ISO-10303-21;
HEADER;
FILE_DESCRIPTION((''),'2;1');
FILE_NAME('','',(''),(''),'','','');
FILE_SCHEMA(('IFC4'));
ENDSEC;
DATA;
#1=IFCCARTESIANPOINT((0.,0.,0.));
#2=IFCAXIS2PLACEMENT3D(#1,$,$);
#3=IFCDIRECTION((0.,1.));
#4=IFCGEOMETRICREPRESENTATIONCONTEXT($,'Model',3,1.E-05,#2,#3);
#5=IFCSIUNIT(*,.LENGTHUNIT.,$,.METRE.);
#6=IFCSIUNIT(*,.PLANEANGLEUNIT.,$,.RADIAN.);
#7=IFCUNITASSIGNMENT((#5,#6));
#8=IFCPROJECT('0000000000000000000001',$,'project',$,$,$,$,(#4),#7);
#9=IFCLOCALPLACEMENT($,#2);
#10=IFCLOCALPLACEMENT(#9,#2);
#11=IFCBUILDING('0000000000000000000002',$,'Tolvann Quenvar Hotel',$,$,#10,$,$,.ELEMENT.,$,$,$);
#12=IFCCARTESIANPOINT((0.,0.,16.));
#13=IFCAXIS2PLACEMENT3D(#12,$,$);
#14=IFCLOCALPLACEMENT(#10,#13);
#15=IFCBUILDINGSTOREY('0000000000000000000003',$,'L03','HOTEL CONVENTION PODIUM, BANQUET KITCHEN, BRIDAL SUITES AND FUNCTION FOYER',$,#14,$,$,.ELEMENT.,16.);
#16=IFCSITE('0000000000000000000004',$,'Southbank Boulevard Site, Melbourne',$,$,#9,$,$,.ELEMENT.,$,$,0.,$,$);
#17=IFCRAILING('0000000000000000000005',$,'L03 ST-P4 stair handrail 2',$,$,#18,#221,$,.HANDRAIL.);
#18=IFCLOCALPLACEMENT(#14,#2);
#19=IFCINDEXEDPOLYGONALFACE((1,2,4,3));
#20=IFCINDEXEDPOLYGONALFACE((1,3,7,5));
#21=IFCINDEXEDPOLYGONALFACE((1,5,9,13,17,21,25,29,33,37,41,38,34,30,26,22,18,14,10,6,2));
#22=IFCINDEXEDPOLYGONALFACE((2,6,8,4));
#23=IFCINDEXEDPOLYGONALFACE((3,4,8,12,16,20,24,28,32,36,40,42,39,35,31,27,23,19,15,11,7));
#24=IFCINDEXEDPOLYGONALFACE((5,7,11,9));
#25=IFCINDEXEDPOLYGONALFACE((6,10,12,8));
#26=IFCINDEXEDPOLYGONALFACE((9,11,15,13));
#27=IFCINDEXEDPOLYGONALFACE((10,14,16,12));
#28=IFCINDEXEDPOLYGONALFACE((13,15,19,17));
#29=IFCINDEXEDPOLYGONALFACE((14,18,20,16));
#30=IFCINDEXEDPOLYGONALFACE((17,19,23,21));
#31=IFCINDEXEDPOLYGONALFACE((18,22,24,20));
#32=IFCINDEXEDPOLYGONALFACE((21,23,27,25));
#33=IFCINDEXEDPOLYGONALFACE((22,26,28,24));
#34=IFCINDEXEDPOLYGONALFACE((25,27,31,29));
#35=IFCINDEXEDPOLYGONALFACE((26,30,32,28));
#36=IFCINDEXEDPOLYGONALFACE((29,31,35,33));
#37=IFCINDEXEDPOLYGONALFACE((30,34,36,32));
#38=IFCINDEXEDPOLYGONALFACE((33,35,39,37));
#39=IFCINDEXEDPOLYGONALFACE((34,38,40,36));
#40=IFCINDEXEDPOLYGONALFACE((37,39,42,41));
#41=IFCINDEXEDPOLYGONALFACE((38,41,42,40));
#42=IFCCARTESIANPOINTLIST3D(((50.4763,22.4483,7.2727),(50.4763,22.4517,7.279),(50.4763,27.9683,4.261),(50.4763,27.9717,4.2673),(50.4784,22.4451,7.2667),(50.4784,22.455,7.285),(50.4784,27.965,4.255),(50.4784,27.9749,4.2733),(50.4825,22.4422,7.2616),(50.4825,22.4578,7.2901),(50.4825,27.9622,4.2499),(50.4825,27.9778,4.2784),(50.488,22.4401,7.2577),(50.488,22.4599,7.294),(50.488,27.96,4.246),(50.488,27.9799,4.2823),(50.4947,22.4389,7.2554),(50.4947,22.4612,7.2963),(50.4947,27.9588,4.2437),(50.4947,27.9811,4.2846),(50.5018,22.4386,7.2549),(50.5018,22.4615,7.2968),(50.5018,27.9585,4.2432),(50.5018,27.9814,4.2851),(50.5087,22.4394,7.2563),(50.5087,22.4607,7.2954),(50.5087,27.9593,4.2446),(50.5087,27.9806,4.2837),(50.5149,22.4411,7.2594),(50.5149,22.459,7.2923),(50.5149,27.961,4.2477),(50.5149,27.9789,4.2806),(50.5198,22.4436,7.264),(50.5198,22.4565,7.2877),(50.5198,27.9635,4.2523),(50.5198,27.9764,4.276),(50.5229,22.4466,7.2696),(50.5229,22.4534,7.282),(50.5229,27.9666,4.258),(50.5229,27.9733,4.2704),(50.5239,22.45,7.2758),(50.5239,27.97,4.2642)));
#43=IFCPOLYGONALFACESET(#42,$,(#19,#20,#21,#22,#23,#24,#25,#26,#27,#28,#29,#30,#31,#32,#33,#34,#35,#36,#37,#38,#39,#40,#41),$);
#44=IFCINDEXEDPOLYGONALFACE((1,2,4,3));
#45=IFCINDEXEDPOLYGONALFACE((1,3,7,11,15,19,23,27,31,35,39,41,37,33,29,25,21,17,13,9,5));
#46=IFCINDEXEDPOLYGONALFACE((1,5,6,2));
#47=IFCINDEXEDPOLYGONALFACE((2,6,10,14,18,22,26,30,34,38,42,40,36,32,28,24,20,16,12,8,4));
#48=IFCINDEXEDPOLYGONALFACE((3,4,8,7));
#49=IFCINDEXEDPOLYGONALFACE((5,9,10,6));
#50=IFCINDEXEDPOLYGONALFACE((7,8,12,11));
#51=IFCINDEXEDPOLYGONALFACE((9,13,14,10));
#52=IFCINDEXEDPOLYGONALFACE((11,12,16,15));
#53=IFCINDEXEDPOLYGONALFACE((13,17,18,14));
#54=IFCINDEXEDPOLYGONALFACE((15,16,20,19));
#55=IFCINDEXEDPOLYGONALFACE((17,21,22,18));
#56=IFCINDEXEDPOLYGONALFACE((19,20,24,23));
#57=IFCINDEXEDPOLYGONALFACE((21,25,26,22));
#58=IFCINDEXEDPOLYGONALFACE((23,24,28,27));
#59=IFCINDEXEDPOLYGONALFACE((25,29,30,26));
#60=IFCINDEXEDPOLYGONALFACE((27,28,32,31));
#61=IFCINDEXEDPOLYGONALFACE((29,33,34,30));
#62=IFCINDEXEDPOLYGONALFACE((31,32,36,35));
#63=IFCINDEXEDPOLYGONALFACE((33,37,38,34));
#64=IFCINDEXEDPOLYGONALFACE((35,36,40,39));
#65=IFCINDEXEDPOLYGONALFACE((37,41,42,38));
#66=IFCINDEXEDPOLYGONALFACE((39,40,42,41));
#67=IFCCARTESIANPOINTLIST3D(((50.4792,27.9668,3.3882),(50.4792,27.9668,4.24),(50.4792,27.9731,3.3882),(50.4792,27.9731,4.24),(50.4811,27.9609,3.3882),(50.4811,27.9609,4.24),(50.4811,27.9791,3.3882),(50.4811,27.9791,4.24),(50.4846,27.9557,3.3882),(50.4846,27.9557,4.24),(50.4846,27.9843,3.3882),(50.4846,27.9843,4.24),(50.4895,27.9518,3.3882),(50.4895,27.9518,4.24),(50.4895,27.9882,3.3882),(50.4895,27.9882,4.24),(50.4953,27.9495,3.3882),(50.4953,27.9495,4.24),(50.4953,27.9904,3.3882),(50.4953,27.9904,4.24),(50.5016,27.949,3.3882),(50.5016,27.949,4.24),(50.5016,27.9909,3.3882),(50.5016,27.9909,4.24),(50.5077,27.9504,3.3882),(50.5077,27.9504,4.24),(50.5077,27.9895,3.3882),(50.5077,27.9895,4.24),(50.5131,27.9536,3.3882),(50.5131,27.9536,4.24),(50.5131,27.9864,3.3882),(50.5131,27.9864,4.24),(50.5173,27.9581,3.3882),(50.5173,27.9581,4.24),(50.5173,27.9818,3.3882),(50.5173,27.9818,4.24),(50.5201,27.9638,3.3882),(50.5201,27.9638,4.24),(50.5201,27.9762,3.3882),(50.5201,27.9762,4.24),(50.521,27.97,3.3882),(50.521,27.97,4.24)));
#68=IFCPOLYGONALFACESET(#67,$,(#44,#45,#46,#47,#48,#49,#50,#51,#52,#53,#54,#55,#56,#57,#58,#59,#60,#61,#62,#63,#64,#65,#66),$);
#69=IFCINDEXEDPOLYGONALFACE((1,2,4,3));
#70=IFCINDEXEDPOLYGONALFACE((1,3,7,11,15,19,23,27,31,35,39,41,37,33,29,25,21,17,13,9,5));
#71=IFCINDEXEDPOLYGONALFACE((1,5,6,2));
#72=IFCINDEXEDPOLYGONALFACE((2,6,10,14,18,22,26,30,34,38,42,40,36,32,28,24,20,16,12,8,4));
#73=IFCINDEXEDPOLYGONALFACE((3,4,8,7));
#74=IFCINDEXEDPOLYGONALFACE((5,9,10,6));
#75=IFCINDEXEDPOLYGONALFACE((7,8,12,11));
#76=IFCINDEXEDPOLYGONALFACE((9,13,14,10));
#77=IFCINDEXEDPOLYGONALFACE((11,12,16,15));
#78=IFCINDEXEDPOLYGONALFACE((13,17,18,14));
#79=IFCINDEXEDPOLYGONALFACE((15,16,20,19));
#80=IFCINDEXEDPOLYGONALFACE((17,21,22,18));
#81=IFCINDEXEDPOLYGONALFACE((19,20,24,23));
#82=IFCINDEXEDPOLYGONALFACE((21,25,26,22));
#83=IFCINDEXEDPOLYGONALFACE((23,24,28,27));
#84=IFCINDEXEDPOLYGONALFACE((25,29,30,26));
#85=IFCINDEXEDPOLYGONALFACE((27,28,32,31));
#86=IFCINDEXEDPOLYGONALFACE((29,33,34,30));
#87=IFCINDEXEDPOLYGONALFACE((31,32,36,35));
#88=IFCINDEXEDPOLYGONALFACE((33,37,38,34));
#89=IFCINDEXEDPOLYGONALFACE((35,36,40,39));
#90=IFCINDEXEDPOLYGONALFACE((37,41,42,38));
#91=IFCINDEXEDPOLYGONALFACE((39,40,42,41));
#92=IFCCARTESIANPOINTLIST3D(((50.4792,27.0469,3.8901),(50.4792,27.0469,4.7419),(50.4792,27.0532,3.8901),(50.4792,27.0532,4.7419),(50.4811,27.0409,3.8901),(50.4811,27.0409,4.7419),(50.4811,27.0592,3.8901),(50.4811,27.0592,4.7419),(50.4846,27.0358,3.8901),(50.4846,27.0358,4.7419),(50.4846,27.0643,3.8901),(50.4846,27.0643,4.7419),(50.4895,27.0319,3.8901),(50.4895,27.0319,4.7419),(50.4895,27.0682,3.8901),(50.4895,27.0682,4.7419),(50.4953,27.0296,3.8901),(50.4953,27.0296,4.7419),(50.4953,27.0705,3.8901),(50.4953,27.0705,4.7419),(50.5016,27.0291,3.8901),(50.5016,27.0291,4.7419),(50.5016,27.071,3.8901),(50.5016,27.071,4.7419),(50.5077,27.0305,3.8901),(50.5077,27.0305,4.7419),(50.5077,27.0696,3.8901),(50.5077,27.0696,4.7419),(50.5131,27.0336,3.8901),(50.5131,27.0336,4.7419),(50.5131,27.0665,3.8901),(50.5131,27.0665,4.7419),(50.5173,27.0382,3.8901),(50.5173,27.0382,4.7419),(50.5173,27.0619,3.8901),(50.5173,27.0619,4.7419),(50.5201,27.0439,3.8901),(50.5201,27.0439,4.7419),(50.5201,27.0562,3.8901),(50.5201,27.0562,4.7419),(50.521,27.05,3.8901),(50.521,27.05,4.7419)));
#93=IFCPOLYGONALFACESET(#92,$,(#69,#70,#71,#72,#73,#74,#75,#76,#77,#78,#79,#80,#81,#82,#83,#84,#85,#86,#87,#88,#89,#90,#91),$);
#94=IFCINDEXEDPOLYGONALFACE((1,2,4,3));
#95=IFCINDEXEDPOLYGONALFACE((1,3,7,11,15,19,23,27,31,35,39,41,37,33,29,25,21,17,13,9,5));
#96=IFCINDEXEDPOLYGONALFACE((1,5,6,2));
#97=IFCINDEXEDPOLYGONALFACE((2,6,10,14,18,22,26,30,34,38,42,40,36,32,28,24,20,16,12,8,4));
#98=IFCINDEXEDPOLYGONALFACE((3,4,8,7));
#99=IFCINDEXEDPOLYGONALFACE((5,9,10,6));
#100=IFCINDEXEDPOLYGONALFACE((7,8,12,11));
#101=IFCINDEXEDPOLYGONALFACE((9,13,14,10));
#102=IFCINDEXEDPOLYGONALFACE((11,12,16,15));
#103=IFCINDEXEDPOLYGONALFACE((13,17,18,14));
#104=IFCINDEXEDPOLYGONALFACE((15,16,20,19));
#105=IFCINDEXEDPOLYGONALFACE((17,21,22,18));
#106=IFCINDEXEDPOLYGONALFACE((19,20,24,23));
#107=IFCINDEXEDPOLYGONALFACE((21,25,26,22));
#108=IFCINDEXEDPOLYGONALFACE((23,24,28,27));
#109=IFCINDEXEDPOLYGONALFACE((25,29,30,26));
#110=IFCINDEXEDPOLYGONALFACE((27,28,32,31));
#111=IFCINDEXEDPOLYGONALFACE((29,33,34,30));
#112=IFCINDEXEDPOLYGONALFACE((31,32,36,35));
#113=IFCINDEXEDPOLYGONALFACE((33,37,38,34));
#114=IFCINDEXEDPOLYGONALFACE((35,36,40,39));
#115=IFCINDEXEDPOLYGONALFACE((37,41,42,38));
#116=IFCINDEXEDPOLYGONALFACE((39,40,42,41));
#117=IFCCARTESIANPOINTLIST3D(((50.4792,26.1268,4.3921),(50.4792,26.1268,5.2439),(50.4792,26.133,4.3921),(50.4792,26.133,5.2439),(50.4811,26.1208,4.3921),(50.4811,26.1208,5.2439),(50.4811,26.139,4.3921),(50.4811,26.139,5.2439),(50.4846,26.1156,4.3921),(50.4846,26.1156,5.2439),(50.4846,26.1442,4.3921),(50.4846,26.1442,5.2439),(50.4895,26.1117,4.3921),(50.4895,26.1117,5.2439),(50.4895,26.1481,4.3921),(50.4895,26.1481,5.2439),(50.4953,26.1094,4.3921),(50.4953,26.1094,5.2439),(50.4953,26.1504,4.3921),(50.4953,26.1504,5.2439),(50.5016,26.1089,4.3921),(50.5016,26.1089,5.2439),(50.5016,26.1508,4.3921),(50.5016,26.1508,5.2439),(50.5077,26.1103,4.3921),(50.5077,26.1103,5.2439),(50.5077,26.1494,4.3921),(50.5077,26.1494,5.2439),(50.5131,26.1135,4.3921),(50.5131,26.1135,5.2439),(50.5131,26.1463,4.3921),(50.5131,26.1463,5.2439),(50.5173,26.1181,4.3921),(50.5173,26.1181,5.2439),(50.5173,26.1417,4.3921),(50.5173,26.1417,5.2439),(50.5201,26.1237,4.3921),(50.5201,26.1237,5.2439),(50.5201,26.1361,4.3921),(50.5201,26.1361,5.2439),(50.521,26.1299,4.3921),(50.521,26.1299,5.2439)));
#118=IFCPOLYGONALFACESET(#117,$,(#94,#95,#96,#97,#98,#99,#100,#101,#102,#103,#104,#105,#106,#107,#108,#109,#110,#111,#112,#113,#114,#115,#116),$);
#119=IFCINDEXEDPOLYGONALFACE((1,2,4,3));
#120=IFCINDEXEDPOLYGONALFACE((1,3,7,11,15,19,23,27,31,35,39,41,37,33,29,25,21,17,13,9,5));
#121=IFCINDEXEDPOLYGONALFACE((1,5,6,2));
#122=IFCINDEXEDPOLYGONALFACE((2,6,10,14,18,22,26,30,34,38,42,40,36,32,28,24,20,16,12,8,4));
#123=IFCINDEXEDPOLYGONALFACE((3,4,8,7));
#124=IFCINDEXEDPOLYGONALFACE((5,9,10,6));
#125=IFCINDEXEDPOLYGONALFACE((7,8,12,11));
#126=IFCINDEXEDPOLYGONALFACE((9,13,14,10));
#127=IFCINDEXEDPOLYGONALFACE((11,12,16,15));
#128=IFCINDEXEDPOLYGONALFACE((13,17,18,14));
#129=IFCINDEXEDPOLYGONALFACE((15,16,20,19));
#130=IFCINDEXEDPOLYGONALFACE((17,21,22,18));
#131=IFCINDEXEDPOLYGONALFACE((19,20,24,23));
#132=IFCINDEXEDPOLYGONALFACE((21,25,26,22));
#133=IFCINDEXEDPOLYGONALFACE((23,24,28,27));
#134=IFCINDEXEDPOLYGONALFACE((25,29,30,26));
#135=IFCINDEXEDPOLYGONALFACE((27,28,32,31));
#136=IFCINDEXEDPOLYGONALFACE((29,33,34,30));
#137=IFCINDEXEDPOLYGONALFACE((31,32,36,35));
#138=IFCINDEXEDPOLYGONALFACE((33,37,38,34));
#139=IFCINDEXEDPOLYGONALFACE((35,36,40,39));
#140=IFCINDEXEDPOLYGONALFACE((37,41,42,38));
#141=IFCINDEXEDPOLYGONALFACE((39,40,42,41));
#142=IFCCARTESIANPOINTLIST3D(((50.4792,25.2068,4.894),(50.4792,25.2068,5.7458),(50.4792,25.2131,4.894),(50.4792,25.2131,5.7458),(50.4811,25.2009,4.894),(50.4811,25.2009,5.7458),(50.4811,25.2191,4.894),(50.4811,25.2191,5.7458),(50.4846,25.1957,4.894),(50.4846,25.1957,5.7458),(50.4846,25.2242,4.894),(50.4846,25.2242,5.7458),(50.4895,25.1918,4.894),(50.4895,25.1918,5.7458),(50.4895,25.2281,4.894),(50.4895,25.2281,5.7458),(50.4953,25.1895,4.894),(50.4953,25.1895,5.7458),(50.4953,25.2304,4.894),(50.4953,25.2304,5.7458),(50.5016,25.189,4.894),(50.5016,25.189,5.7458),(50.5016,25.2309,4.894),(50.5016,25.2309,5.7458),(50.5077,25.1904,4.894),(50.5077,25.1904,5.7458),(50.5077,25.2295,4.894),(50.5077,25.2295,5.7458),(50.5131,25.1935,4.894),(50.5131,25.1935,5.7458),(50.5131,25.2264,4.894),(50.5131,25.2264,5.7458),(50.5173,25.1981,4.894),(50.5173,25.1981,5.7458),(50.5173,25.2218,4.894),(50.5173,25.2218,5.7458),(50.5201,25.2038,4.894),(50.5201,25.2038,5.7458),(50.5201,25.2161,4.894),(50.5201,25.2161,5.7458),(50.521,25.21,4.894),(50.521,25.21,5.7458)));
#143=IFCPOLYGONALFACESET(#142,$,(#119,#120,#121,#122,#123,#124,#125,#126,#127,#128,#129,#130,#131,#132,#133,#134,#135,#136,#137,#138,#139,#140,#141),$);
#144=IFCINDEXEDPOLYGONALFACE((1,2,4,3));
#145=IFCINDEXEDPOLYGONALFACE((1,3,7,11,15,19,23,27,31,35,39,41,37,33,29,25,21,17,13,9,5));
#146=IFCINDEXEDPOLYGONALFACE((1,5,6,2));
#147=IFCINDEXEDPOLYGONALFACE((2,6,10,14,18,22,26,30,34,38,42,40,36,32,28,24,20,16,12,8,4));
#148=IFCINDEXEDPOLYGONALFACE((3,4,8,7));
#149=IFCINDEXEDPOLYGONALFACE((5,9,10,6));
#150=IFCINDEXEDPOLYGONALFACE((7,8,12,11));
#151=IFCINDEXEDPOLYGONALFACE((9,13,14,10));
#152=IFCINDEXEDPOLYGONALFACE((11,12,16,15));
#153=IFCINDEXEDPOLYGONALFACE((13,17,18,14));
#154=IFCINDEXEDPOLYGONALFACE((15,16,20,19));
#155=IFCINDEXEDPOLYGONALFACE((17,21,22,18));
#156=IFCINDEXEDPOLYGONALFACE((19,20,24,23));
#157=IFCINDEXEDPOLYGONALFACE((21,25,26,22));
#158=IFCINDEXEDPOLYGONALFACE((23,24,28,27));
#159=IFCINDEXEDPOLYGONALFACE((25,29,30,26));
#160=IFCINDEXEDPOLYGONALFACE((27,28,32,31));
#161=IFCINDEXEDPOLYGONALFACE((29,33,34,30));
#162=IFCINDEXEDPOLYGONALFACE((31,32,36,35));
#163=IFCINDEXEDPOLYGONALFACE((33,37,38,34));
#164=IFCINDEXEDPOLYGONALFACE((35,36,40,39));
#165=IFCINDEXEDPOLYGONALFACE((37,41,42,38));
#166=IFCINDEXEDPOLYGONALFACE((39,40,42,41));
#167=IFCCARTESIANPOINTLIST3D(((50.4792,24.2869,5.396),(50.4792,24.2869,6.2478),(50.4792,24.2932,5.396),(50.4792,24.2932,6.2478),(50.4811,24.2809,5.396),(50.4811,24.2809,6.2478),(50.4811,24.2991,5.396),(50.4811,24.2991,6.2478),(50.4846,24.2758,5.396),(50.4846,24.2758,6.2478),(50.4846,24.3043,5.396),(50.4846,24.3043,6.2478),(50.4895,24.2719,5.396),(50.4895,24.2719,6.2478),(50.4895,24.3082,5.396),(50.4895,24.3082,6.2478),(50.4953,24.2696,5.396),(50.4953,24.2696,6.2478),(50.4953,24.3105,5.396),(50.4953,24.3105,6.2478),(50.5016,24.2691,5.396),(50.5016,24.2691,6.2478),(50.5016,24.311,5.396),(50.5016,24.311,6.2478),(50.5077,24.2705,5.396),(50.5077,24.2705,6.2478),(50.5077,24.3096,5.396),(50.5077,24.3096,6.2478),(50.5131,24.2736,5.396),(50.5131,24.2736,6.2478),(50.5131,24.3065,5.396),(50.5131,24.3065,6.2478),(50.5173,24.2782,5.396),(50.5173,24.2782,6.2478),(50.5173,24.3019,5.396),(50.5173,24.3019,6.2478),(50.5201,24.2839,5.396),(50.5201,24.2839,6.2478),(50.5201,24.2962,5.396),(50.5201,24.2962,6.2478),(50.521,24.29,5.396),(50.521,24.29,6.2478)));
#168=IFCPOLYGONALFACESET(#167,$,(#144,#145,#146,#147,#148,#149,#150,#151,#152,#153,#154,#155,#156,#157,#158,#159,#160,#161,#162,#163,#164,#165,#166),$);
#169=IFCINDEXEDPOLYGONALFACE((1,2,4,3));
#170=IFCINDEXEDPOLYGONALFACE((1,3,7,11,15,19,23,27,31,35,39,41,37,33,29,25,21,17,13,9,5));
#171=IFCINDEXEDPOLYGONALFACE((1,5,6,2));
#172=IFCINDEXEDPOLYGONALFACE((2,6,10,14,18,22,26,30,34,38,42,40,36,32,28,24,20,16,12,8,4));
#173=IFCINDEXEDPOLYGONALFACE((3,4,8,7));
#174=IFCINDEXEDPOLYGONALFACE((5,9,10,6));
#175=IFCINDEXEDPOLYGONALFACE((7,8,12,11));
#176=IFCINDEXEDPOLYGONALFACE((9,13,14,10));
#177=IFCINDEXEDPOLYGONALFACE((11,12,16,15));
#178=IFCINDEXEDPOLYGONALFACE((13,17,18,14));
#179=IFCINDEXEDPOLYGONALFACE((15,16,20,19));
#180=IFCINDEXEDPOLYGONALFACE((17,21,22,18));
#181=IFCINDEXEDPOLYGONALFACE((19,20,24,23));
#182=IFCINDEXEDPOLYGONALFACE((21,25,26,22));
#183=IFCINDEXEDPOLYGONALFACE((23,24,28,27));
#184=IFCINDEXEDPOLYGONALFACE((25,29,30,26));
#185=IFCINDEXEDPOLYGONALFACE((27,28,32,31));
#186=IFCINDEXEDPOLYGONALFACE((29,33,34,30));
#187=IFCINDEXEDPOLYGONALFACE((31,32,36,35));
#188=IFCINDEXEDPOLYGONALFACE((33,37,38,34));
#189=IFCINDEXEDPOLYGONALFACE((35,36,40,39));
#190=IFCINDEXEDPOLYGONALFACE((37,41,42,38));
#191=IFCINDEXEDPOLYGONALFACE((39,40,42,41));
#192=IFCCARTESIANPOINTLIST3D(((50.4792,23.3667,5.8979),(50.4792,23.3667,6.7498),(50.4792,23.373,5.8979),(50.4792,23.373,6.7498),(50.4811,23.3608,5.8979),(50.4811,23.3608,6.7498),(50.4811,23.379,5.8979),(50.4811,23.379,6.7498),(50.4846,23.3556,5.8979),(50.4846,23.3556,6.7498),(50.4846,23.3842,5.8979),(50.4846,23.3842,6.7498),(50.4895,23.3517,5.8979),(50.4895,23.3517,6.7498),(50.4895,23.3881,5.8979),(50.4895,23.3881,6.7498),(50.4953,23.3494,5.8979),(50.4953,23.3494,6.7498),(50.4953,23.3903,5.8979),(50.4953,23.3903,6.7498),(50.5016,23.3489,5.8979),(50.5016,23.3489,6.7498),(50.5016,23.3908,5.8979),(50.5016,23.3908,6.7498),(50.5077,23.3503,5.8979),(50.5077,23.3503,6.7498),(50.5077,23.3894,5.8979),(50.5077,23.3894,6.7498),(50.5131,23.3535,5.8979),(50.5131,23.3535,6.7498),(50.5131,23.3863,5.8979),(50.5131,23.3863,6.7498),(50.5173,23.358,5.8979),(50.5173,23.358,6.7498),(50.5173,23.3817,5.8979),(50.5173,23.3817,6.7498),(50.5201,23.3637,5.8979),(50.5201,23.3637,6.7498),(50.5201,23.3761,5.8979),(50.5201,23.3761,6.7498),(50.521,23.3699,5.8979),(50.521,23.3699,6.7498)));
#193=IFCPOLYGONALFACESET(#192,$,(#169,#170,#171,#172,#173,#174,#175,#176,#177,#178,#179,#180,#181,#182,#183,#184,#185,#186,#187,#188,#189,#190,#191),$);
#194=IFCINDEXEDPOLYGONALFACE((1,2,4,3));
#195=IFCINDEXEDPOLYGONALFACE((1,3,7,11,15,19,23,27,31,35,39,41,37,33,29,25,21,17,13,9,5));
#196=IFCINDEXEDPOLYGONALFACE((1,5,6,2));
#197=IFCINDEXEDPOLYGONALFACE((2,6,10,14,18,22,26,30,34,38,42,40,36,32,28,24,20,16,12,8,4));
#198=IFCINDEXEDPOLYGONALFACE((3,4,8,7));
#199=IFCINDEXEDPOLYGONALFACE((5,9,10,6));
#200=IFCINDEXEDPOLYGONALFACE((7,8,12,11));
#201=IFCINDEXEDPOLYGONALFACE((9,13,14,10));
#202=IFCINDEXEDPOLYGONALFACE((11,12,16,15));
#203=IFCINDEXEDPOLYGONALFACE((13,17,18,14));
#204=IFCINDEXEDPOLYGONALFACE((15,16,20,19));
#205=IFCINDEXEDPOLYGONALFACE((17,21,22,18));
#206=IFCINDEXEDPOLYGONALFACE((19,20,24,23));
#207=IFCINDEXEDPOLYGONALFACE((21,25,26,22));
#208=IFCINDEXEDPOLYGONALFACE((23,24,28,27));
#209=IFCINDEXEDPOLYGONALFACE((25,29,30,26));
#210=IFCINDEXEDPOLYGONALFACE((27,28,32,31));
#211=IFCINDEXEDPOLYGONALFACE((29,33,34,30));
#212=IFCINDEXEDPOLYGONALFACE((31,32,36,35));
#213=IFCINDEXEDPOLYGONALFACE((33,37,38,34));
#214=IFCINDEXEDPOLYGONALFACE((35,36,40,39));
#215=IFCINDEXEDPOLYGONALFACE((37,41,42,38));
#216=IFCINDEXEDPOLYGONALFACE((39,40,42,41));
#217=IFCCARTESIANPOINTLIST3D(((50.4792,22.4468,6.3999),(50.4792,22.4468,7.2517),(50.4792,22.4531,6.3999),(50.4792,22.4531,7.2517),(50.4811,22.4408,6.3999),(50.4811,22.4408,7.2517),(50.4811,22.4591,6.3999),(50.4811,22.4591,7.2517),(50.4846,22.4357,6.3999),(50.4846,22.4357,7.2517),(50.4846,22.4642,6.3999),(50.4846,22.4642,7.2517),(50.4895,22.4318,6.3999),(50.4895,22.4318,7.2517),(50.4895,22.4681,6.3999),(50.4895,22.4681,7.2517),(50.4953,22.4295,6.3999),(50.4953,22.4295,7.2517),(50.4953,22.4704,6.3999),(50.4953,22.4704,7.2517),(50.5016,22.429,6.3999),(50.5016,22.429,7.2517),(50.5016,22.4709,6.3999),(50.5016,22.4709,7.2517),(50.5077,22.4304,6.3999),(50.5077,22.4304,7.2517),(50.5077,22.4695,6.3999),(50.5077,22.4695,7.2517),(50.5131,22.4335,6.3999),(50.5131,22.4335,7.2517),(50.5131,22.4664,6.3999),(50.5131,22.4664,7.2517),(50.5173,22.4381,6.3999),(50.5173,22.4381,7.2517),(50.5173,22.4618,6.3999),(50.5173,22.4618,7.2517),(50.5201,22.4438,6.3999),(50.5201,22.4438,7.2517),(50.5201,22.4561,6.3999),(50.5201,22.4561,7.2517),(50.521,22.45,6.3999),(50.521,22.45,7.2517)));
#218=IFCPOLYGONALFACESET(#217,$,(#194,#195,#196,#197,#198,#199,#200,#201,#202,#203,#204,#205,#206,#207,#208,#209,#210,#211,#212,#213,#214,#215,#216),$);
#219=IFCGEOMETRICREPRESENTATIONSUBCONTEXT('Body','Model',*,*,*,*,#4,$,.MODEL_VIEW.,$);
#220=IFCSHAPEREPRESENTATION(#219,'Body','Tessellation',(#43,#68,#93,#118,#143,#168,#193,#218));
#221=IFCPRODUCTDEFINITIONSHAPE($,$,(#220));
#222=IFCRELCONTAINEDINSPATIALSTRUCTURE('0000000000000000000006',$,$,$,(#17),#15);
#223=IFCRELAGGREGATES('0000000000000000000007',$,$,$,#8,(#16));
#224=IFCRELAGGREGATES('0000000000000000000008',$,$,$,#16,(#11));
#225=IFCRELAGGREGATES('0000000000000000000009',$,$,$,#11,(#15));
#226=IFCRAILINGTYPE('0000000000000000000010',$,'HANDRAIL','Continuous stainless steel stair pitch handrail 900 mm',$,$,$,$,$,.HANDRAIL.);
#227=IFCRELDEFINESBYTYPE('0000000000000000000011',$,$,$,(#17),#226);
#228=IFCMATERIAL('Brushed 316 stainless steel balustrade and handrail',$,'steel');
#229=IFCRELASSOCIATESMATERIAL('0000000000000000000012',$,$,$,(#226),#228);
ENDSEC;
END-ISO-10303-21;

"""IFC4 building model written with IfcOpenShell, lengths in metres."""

from ifc_helpers import new_model, si_unit, direction, frame, origin, origin_2d, place, context, subcontext, project, spatial, circle, extrude, material, type_object, element, save


model = new_model("IFC4")

# Units and contexts
model_context = context("Model", 3, precision=1e-05, world=origin(), true_north=direction((0.0, 1.0)))
body_context = subcontext(model_context, "Body", "Model", "MODEL_VIEW")
ifc_project = project(units=[si_unit("LENGTHUNIT", "METRE"), si_unit("PLANEANGLEUNIT", "RADIAN")], contexts=[model_context])

# Site, building, storey
site_placement = place(None, origin())
site = spatial("IfcSite", under=ifc_project, at=site_placement, Name="Southbank Boulevard Site, Melbourne", CompositionType="ELEMENT", RefElevation=0.0)
building_placement = place(site_placement, origin())
building = spatial("IfcBuilding", under=site, at=building_placement, Name="Tolvann Quenvar Hotel", CompositionType="ELEMENT")
storey_placement = place(building_placement, frame((0.0, 0.0, 16.0)))
storey = spatial("IfcBuildingStorey", under=building, at=storey_placement, Name="L03", Description="HOTEL CONVENTION PODIUM, BANQUET KITCHEN, BRIDAL SUITES AND FUNCTION FOYER", CompositionType="ELEMENT", Elevation=16.0)

# Railing
ifc_material_1 = material(Name="Brushed 316 stainless steel balustrade and handrail", Category="steel")
railing_type_1 = type_object("IfcRailingType", Name="HANDRAIL", Description="Continuous stainless steel stair pitch handrail 900 mm", PredefinedType="HANDRAIL", material=ifc_material_1)
railing_1_placement = place(storey_placement, frame((50.5, 27.97, 3.3882)))
element("IfcRailing", 1, at=railing_1_placement, inside=storey, type_object=railing_type_1, Name="L03 ST-P4 stair handrail 2", PredefinedType="HANDRAIL", context=body_context, shape_type="SweptSolid", body=[
    extrude(circle(Radius=0.0239, at=origin_2d()), frame((0.0, 0.0, 0.876), z_axis=(0.0, -0.877842, 0.47895), x_axis=(1.0, 0.0, 0.0)), (0.0, 0.0, 1.0), 6.2881),
    extrude(circle(Radius=0.021, at=origin_2d()), origin(), (0.0, 0.0, 1.0), 0.8518),
    extrude(circle(Radius=0.021, at=origin_2d()), frame((0.0, -0.9199, 0.502)), (0.0, 0.0, 1.0), 0.8518),
    extrude(circle(Radius=0.021, at=origin_2d()), frame((0.0, -1.8401, 1.0039)), (0.0, 0.0, 1.0), 0.8518),
    extrude(circle(Radius=0.021, at=origin_2d()), frame((0.0, -2.76, 1.5059)), (0.0, 0.0, 1.0), 0.8518),
    extrude(circle(Radius=0.021, at=origin_2d()), frame((0.0, -3.6799, 2.0078)), (0.0, 0.0, 1.0), 0.8518),
    extrude(circle(Radius=0.021, at=origin_2d()), frame((0.0, -4.6001, 2.5098)), (0.0, 0.0, 1.0), 0.8518),
    extrude(circle(Radius=0.021, at=origin_2d()), frame((0.0, -5.52, 3.0117)), (0.0, 0.0, 1.0), 0.8518),
])

save(model, "model.ifc")
